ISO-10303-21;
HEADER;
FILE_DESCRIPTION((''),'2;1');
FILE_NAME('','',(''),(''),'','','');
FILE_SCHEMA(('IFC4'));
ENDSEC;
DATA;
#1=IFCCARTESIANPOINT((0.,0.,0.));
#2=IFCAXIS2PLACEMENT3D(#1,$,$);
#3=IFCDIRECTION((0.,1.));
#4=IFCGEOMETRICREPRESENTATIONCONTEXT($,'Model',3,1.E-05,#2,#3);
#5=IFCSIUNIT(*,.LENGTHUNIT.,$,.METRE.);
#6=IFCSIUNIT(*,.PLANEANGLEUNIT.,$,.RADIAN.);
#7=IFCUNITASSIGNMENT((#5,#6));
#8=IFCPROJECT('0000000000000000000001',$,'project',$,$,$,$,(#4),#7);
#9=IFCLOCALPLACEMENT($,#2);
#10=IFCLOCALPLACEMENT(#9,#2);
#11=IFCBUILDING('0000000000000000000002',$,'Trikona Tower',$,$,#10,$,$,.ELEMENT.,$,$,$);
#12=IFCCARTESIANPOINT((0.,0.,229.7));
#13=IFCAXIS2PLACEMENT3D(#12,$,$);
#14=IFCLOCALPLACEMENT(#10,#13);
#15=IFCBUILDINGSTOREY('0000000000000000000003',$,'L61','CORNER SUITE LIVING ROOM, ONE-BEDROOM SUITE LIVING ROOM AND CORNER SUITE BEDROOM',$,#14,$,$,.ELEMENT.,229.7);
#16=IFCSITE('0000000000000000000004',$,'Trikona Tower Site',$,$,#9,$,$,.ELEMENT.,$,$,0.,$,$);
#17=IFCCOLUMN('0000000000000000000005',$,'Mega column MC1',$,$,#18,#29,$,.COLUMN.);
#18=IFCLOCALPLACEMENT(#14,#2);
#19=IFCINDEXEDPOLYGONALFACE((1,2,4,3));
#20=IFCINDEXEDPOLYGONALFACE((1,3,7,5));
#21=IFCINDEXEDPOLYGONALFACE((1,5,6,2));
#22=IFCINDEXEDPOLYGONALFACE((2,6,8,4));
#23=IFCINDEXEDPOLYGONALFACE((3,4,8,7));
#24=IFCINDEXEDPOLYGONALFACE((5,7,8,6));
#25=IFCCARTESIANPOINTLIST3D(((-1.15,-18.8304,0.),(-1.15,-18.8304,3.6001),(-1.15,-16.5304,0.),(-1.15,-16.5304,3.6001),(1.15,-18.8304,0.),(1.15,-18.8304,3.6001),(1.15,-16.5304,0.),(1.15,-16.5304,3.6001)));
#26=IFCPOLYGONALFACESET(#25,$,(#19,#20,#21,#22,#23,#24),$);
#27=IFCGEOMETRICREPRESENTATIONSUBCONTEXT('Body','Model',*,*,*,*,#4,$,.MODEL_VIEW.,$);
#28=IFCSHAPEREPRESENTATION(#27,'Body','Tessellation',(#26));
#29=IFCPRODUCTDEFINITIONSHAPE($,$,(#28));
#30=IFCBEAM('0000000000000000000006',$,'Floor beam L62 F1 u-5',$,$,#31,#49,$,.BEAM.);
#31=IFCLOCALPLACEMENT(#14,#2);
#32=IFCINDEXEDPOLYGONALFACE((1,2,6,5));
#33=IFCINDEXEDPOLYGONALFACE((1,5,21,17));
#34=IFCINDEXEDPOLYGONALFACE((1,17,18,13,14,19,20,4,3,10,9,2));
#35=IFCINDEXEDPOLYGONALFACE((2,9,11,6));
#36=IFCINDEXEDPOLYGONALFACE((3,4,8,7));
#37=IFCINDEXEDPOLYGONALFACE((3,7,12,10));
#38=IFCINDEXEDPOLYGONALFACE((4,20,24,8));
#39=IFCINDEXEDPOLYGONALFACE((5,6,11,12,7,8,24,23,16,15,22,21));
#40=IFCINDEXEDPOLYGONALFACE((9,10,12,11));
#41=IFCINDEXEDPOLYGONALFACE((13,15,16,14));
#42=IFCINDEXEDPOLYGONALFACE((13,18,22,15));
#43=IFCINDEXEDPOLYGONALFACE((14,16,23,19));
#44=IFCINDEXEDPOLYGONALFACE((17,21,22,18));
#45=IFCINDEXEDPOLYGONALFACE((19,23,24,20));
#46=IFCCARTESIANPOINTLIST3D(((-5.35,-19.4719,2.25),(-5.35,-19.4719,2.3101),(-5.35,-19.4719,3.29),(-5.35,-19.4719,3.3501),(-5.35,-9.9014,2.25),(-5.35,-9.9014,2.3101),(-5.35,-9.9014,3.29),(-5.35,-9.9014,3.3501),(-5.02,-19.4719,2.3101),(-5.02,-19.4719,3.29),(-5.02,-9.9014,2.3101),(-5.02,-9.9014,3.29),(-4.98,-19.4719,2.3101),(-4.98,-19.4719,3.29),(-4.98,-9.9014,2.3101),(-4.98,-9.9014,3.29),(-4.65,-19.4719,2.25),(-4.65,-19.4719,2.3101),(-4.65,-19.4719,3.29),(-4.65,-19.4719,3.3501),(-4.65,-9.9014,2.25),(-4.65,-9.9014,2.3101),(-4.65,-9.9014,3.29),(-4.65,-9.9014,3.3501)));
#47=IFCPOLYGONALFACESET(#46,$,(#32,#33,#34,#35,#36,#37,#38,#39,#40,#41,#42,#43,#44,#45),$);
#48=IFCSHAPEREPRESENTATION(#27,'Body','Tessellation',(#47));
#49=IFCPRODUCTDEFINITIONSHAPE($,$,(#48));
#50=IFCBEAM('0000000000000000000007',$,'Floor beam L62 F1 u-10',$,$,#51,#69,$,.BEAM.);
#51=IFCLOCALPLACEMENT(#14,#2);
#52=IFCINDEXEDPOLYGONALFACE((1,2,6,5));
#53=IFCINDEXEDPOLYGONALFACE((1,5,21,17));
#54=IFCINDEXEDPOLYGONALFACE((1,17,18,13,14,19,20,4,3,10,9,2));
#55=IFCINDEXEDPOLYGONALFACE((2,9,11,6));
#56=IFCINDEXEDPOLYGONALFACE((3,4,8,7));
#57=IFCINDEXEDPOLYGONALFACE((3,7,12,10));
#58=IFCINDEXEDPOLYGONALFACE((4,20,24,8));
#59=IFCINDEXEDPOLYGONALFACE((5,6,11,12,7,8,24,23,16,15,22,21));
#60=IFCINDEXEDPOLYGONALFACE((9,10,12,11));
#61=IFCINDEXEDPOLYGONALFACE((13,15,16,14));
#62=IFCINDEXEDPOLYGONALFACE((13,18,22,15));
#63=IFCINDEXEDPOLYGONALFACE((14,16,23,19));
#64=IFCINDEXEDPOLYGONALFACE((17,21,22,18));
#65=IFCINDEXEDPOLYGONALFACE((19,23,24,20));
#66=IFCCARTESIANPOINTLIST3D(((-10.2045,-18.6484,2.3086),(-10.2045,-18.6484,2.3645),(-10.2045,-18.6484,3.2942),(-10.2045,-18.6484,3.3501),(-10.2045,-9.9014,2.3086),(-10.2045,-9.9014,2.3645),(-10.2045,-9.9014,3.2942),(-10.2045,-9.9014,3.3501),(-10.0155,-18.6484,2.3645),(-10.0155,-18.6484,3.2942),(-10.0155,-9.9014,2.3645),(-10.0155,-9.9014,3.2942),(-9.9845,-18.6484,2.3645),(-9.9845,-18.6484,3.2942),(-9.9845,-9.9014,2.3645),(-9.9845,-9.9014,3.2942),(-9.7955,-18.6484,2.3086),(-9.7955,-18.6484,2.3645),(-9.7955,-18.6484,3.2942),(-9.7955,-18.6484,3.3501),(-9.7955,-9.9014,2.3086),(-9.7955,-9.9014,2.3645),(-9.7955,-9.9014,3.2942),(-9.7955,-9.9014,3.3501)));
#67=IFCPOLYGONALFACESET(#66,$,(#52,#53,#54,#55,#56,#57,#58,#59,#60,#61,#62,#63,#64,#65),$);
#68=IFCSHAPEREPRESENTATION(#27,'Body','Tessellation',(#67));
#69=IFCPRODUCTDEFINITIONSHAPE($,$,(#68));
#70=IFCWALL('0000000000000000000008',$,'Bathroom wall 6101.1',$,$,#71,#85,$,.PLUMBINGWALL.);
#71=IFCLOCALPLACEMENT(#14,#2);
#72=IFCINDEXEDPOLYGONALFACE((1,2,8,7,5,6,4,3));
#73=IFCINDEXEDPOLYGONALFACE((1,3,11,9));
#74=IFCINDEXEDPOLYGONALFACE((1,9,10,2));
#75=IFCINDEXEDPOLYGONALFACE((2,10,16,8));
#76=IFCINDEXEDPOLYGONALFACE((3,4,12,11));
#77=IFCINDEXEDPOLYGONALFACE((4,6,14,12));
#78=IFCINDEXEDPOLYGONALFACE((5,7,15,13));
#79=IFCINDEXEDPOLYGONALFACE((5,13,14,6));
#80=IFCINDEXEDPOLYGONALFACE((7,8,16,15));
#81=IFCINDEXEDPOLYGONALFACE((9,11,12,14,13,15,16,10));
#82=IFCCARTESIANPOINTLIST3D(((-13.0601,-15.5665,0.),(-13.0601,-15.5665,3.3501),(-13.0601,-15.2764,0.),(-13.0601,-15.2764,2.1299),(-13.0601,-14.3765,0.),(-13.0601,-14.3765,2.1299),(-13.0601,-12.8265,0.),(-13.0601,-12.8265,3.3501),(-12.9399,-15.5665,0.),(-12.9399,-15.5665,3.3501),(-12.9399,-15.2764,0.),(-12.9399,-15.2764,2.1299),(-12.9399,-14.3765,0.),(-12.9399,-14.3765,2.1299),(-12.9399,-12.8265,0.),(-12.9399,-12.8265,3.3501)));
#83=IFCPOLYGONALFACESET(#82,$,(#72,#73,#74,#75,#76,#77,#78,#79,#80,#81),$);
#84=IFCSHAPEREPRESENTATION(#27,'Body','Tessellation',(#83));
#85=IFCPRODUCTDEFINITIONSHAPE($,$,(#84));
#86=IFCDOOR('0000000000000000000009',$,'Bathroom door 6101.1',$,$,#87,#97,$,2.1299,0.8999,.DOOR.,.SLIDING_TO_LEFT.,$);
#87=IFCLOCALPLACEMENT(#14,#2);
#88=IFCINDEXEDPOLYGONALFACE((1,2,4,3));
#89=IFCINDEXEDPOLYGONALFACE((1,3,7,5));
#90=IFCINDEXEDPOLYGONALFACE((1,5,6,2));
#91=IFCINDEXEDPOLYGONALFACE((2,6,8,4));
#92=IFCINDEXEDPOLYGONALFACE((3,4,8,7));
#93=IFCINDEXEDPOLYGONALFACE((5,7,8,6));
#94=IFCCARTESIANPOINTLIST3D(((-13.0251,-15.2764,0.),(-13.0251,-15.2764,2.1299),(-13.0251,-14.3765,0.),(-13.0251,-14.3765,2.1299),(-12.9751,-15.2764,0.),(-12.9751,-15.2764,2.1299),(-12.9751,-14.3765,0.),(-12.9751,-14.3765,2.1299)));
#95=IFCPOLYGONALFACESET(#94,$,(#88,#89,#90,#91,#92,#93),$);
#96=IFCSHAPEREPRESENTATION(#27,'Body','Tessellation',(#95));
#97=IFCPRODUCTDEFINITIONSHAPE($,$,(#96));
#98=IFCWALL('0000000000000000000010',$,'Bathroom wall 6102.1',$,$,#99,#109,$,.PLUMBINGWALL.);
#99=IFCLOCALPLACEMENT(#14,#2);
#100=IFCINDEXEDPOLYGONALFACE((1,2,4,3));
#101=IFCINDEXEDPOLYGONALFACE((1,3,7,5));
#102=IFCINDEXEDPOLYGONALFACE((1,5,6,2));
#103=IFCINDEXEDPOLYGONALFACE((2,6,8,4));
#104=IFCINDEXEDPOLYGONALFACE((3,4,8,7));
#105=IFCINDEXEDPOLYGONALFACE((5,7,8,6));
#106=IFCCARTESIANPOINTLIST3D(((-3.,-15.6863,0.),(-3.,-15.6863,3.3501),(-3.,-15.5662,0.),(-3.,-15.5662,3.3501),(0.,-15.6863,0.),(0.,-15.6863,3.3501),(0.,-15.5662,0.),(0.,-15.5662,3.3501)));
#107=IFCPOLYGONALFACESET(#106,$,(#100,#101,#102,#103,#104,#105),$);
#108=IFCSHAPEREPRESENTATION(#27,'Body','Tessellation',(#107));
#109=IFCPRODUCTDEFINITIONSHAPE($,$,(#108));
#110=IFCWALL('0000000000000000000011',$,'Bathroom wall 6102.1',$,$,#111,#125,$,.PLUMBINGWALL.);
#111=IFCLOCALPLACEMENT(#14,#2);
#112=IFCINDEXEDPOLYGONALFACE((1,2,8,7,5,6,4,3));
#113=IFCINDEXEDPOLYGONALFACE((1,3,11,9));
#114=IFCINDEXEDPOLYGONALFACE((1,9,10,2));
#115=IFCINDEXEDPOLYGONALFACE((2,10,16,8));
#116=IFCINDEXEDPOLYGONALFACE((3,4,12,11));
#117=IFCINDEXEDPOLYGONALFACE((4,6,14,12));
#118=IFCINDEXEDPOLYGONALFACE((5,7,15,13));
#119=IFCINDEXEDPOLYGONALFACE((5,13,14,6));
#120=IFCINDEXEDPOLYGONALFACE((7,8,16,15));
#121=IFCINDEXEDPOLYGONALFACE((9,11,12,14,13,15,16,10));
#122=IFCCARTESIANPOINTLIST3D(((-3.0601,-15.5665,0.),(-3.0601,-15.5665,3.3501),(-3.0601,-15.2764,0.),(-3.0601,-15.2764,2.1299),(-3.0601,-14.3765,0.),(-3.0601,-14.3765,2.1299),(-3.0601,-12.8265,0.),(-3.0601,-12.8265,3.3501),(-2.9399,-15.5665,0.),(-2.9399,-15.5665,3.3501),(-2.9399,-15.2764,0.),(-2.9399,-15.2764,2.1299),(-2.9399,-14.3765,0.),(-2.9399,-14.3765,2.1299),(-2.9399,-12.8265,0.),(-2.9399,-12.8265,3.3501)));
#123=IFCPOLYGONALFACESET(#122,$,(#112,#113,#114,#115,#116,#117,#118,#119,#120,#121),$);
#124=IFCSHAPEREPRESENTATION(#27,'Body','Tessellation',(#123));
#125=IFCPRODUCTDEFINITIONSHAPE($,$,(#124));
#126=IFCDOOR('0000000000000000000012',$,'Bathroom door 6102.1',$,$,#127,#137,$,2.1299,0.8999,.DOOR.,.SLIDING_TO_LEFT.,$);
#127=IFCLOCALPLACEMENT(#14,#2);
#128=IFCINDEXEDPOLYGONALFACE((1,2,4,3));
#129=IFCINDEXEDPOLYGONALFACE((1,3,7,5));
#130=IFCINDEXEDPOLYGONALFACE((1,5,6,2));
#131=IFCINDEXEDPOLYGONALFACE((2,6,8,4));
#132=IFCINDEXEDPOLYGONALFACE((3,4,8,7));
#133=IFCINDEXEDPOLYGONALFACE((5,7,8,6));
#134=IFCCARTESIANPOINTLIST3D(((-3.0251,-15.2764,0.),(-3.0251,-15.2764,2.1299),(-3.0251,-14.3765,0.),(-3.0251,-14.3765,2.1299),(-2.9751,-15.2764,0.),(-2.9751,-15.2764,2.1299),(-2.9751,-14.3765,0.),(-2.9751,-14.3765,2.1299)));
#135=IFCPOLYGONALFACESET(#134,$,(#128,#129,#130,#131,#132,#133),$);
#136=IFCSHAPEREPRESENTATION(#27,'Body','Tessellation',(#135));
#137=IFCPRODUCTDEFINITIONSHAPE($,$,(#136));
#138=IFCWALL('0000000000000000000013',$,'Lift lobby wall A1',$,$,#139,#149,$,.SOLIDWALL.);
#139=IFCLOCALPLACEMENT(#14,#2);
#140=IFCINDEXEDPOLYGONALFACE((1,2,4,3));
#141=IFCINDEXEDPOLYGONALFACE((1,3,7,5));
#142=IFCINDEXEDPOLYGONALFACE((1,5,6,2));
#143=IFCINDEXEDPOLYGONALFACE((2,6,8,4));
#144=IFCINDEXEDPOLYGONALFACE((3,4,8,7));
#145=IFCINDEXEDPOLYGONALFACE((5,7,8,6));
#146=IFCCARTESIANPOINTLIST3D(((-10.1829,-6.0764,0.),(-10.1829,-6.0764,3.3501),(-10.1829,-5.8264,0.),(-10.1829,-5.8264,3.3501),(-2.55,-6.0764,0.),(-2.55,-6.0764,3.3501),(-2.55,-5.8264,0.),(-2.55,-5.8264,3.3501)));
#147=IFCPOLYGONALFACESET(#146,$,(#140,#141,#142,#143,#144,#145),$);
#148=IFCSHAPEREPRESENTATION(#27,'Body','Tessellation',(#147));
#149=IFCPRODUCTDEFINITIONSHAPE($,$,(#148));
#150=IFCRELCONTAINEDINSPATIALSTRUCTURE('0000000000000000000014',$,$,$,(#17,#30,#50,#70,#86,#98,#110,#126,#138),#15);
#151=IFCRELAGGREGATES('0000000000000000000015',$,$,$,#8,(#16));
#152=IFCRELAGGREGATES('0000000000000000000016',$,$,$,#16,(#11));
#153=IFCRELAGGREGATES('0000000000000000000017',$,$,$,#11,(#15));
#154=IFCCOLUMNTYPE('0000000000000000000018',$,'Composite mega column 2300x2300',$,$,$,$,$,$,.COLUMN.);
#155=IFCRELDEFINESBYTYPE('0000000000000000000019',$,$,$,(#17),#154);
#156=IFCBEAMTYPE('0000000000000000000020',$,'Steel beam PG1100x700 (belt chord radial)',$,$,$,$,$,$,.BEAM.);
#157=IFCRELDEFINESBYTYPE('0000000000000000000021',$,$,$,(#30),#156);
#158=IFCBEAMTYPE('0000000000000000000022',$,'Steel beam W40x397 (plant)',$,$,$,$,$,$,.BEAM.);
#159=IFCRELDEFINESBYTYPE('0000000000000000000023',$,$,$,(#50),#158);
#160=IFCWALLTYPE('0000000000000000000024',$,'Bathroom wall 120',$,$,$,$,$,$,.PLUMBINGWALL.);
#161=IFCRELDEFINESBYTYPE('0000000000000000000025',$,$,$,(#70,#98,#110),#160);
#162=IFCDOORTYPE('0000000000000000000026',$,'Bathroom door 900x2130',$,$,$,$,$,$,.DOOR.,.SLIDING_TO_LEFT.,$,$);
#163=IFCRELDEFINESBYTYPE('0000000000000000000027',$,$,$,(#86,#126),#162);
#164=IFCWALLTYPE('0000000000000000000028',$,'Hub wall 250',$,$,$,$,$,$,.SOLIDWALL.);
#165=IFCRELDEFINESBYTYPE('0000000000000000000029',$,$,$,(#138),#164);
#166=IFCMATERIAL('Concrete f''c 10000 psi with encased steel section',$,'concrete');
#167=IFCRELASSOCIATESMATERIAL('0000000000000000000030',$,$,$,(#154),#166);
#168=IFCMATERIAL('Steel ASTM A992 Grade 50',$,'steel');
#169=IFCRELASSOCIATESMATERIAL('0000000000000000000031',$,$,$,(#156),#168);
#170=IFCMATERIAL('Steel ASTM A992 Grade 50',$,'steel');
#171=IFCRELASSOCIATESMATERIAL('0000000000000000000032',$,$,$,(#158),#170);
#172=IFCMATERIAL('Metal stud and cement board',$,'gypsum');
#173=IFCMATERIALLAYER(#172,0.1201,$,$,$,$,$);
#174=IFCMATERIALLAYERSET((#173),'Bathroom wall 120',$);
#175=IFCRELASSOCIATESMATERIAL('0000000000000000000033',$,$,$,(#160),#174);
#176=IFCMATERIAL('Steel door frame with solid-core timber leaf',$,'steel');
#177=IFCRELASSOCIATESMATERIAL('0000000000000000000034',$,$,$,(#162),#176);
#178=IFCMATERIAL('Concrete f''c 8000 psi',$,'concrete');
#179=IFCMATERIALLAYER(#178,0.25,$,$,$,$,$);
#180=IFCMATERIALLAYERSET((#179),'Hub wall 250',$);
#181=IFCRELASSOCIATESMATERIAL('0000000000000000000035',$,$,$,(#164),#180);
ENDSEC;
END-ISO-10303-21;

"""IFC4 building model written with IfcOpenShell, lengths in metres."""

from ifc_helpers import new_model, si_unit, direction, frame, frame_2d, origin, origin_2d, place, context, subcontext, project, spatial, rectangle, i_section, extrude, material, layer, layer_set, material_profile, profile_set, type_object, element, fill, save


model = new_model("IFC4")

# Units and contexts
model_context = context("Model", 3, precision=1e-05, world=origin(), true_north=direction((0.0, 1.0)))
body_context = subcontext(model_context, "Body", "Model", "MODEL_VIEW")
ifc_project = project(units=[si_unit("LENGTHUNIT", "METRE"), si_unit("PLANEANGLEUNIT", "RADIAN")], contexts=[model_context])

# Site, building, storey
site_placement = place(None, origin())
site = spatial("IfcSite", under=ifc_project, at=site_placement, Name="Trikona Tower Site", CompositionType="ELEMENT", RefElevation=0.0)
building_placement = place(site_placement, origin())
building = spatial("IfcBuilding", under=site, at=building_placement, Name="Trikona Tower", CompositionType="ELEMENT")
storey_placement = place(building_placement, frame((0.0, 0.0, 229.7)))
storey = spatial("IfcBuildingStorey", under=building, at=storey_placement, Name="L61", Description="CORNER SUITE LIVING ROOM, ONE-BEDROOM SUITE LIVING ROOM AND CORNER SUITE BEDROOM", CompositionType="ELEMENT", Elevation=229.7)

# Column
ifc_material_1 = material(Name="Concrete f'c 10000 psi with encased steel section", Category="concrete")
ifc_material_profile_1 = material_profile(ifc_material_1, rectangle(XDim=2.3, YDim=2.3, at=origin_2d()), Name="MC2300")
ifc_profile_set_1 = profile_set([ifc_material_profile_1], Name="Concrete f'c 10000 psi with encased steel section")
column_type = type_object("IfcColumnType", Name="Composite mega column 2300x2300", PredefinedType="COLUMN", material=ifc_profile_set_1)
column_placement = place(storey_placement, frame((0.0, -17.6804, 0.0), z_axis=(0.0, 0.0, 1.0), x_axis=(0.0, -1.0, 0.0)))
element("IfcColumn", 1, at=column_placement, inside=storey, type_object=column_type, Name="Mega column MC1", PredefinedType="COLUMN", context=body_context, shape_type="SweptSolid", body=[
    extrude(rectangle(XDim=2.3, YDim=2.3, at=origin_2d()), origin(), (0.0, 0.0, 1.0), 3.6001),
])

# Beams
ifc_material_2 = material(Name="Steel ASTM A992 Grade 50", Category="steel")
ifc_material_profile_2 = material_profile(ifc_material_2, i_section(OverallWidth=0.7, OverallDepth=1.1001, WebThickness=0.04, FlangeThickness=0.0601, at=origin_2d()), Name="PG1100X700")
ifc_profile_set_2 = profile_set([ifc_material_profile_2], Name="Steel ASTM A992 Grade 50")
beam_type_1 = type_object("IfcBeamType", Name="Steel beam PG1100x700 (belt chord radial)", PredefinedType="BEAM", material=ifc_profile_set_2)
beam_1_placement = place(storey_placement, frame((-5.0, -9.9014, 2.8), z_axis=(0.0, -1.0, 0.0), x_axis=(1.0, 0.0, 0.0)))
element("IfcBeam", 2, at=beam_1_placement, inside=storey, type_object=beam_type_1, Name="Floor beam L62 F1 u-5", PredefinedType="BEAM", context=body_context, shape_type="SweptSolid", body=[
    extrude(i_section(OverallWidth=0.7, OverallDepth=1.1001, WebThickness=0.04, FlangeThickness=0.0601, at=origin_2d()), origin(), (0.0, 0.0, 1.0), 9.5706),
])
ifc_material_3 = material(Name="Steel ASTM A992 Grade 50", Category="steel")
ifc_material_profile_3 = material_profile(ifc_material_3, i_section(OverallWidth=0.4089, OverallDepth=1.0415, WebThickness=0.031, FlangeThickness=0.0559, at=origin_2d()), Name="W40X397")
ifc_profile_set_3 = profile_set([ifc_material_profile_3], Name="Steel ASTM A992 Grade 50")
beam_type_2 = type_object("IfcBeamType", Name="Steel beam W40x397 (plant)", PredefinedType="BEAM", material=ifc_profile_set_3)
beam_2_placement = place(storey_placement, frame((-10.0, -9.9014, 2.8293), z_axis=(0.0, -1.0, 0.0), x_axis=(1.0, 0.0, 0.0)))
element("IfcBeam", 3, at=beam_2_placement, inside=storey, type_object=beam_type_2, Name="Floor beam L62 F1 u-10", PredefinedType="BEAM", context=body_context, shape_type="SweptSolid", body=[
    extrude(i_section(OverallWidth=0.4089, OverallDepth=1.0415, WebThickness=0.031, FlangeThickness=0.0559, at=origin_2d()), origin(), (0.0, 0.0, 1.0), 8.7471),
])

# Wall, opening, door
ifc_material_4 = material(Name="Metal stud and cement board", Category="gypsum")
ifc_layer_1 = layer(ifc_material_4, 0.1201)
ifc_layer_set_1 = layer_set([ifc_layer_1], Name="Bathroom wall 120")
wall_type_1 = type_object("IfcWallType", Name="Bathroom wall 120", PredefinedType="PLUMBINGWALL", material=ifc_layer_set_1)
wall_1_placement = place(storey_placement, frame((-13.0, -12.8264, 0.0), z_axis=(0.0, 0.0, 1.0), x_axis=(0.0, -1.0, 0.0)))
wall_1 = element("IfcWall", 4, at=wall_1_placement, inside=storey, type_object=wall_type_1, Name="Bathroom wall 6101.1", PredefinedType="PLUMBINGWALL", context=body_context, shape_type="SweptSolid", body=[
    extrude(rectangle(XDim=2.74, YDim=0.1201, at=frame_2d((1.3701, 0.0))), origin(), (0.0, 0.0, 1.0), 3.3501),
])
opening_1_placement = place(wall_1_placement, frame((1.55, 0.0, 0.0)))
opening_1 = element("IfcOpeningElement", 5, at=opening_1_placement, cuts=wall_1, PredefinedType="OPENING", context=body_context, shape_type="SweptSolid", body=[
    extrude(rectangle(XDim=0.8999, YDim=2.1299, at=frame_2d((0.45, 1.0649))), frame((0.0, 0.0701, 0.0), z_axis=(0.0, -1.0, 0.0), x_axis=(1.0, 0.0, 0.0)), (0.0, 0.0, 1.0), 0.1401),
])
ifc_material_5 = material(Name="Steel door frame with solid-core timber leaf", Category="steel")
door_type_1 = type_object("IfcDoorType", Name="Bathroom door 900x2130", OperationType="SLIDING_TO_LEFT", PredefinedType="DOOR", material=ifc_material_5)
door_1_placement = place(opening_1_placement, origin())
door_1 = element("IfcDoor", 6, at=door_1_placement, inside=storey, type_object=door_type_1, Name="Bathroom door 6101.1", OperationType="SLIDING_TO_LEFT", OverallHeight=2.1299, OverallWidth=0.8999, PredefinedType="DOOR", context=body_context, shape_type="SweptSolid", body=[
    extrude(rectangle(XDim=0.8999, YDim=2.1299, at=frame_2d((0.45, 1.0649))), frame((0.0, 0.0249, 0.0), z_axis=(0.0, -1.0, 0.0), x_axis=(1.0, 0.0, 0.0)), (0.0, 0.0, 1.0), 0.05),
])
fill(opening_1, door_1)

# Wall
wall_2_placement = place(storey_placement, frame((-3.0, -15.6262, 0.0), z_axis=(0.0, 0.0, 1.0), x_axis=(1.0, 0.0, 0.0)))
element("IfcWall", 7, at=wall_2_placement, inside=storey, type_object=wall_type_1, Name="Bathroom wall 6102.1", PredefinedType="PLUMBINGWALL", context=body_context, shape_type="SweptSolid", body=[
    extrude(rectangle(XDim=3.0, YDim=0.1201, at=frame_2d((1.5, 0.0))), origin(), (0.0, 0.0, 1.0), 3.3501),
])

# Wall, opening, door
wall_3_placement = place(storey_placement, frame((-3.0, -12.8264, 0.0), z_axis=(0.0, 0.0, 1.0), x_axis=(0.0, -1.0, 0.0)))
wall_3 = element("IfcWall", 8, at=wall_3_placement, inside=storey, type_object=wall_type_1, Name="Bathroom wall 6102.1", PredefinedType="PLUMBINGWALL", context=body_context, shape_type="SweptSolid", body=[
    extrude(rectangle(XDim=2.74, YDim=0.1201, at=frame_2d((1.3701, 0.0))), origin(), (0.0, 0.0, 1.0), 3.3501),
])
opening_2_placement = place(wall_3_placement, frame((1.55, 0.0, 0.0)))
opening_2 = element("IfcOpeningElement", 9, at=opening_2_placement, cuts=wall_3, PredefinedType="OPENING", context=body_context, shape_type="SweptSolid", body=[
    extrude(rectangle(XDim=0.8999, YDim=2.1299, at=frame_2d((0.45, 1.0649))), frame((0.0, 0.0701, 0.0), z_axis=(0.0, -1.0, 0.0), x_axis=(1.0, 0.0, 0.0)), (0.0, 0.0, 1.0), 0.1401),
])
door_2_placement = place(opening_2_placement, origin())
door_2 = element("IfcDoor", 10, at=door_2_placement, inside=storey, type_object=door_type_1, Name="Bathroom door 6102.1", OperationType="SLIDING_TO_LEFT", OverallHeight=2.1299, OverallWidth=0.8999, PredefinedType="DOOR", context=body_context, shape_type="SweptSolid", body=[
    extrude(rectangle(XDim=0.8999, YDim=2.1299, at=frame_2d((0.45, 1.0649))), frame((0.0, 0.0249, 0.0), z_axis=(0.0, -1.0, 0.0), x_axis=(1.0, 0.0, 0.0)), (0.0, 0.0, 1.0), 0.05),
])
fill(opening_2, door_2)

# Wall
ifc_material_6 = material(Name="Concrete f'c 8000 psi", Category="concrete")
ifc_layer_2 = layer(ifc_material_6, 0.25)
ifc_layer_set_2 = layer_set([ifc_layer_2], Name="Hub wall 250")
wall_type_2 = type_object("IfcWallType", Name="Hub wall 250", PredefinedType="SOLIDWALL", material=ifc_layer_set_2)
wall_4_placement = place(storey_placement, frame((-10.1829, -5.9514, 0.0), z_axis=(0.0, 0.0, 1.0), x_axis=(1.0, 0.0, 0.0)))
element("IfcWall", 11, at=wall_4_placement, inside=storey, type_object=wall_type_2, Name="Lift lobby wall A1", PredefinedType="SOLIDWALL", context=body_context, shape_type="SweptSolid", body=[
    extrude(rectangle(XDim=7.6328, YDim=0.25, at=frame_2d((3.8164, 0.0))), origin(), (0.0, 0.0, 1.0), 3.3501),
])

save(model, "model.ifc")
